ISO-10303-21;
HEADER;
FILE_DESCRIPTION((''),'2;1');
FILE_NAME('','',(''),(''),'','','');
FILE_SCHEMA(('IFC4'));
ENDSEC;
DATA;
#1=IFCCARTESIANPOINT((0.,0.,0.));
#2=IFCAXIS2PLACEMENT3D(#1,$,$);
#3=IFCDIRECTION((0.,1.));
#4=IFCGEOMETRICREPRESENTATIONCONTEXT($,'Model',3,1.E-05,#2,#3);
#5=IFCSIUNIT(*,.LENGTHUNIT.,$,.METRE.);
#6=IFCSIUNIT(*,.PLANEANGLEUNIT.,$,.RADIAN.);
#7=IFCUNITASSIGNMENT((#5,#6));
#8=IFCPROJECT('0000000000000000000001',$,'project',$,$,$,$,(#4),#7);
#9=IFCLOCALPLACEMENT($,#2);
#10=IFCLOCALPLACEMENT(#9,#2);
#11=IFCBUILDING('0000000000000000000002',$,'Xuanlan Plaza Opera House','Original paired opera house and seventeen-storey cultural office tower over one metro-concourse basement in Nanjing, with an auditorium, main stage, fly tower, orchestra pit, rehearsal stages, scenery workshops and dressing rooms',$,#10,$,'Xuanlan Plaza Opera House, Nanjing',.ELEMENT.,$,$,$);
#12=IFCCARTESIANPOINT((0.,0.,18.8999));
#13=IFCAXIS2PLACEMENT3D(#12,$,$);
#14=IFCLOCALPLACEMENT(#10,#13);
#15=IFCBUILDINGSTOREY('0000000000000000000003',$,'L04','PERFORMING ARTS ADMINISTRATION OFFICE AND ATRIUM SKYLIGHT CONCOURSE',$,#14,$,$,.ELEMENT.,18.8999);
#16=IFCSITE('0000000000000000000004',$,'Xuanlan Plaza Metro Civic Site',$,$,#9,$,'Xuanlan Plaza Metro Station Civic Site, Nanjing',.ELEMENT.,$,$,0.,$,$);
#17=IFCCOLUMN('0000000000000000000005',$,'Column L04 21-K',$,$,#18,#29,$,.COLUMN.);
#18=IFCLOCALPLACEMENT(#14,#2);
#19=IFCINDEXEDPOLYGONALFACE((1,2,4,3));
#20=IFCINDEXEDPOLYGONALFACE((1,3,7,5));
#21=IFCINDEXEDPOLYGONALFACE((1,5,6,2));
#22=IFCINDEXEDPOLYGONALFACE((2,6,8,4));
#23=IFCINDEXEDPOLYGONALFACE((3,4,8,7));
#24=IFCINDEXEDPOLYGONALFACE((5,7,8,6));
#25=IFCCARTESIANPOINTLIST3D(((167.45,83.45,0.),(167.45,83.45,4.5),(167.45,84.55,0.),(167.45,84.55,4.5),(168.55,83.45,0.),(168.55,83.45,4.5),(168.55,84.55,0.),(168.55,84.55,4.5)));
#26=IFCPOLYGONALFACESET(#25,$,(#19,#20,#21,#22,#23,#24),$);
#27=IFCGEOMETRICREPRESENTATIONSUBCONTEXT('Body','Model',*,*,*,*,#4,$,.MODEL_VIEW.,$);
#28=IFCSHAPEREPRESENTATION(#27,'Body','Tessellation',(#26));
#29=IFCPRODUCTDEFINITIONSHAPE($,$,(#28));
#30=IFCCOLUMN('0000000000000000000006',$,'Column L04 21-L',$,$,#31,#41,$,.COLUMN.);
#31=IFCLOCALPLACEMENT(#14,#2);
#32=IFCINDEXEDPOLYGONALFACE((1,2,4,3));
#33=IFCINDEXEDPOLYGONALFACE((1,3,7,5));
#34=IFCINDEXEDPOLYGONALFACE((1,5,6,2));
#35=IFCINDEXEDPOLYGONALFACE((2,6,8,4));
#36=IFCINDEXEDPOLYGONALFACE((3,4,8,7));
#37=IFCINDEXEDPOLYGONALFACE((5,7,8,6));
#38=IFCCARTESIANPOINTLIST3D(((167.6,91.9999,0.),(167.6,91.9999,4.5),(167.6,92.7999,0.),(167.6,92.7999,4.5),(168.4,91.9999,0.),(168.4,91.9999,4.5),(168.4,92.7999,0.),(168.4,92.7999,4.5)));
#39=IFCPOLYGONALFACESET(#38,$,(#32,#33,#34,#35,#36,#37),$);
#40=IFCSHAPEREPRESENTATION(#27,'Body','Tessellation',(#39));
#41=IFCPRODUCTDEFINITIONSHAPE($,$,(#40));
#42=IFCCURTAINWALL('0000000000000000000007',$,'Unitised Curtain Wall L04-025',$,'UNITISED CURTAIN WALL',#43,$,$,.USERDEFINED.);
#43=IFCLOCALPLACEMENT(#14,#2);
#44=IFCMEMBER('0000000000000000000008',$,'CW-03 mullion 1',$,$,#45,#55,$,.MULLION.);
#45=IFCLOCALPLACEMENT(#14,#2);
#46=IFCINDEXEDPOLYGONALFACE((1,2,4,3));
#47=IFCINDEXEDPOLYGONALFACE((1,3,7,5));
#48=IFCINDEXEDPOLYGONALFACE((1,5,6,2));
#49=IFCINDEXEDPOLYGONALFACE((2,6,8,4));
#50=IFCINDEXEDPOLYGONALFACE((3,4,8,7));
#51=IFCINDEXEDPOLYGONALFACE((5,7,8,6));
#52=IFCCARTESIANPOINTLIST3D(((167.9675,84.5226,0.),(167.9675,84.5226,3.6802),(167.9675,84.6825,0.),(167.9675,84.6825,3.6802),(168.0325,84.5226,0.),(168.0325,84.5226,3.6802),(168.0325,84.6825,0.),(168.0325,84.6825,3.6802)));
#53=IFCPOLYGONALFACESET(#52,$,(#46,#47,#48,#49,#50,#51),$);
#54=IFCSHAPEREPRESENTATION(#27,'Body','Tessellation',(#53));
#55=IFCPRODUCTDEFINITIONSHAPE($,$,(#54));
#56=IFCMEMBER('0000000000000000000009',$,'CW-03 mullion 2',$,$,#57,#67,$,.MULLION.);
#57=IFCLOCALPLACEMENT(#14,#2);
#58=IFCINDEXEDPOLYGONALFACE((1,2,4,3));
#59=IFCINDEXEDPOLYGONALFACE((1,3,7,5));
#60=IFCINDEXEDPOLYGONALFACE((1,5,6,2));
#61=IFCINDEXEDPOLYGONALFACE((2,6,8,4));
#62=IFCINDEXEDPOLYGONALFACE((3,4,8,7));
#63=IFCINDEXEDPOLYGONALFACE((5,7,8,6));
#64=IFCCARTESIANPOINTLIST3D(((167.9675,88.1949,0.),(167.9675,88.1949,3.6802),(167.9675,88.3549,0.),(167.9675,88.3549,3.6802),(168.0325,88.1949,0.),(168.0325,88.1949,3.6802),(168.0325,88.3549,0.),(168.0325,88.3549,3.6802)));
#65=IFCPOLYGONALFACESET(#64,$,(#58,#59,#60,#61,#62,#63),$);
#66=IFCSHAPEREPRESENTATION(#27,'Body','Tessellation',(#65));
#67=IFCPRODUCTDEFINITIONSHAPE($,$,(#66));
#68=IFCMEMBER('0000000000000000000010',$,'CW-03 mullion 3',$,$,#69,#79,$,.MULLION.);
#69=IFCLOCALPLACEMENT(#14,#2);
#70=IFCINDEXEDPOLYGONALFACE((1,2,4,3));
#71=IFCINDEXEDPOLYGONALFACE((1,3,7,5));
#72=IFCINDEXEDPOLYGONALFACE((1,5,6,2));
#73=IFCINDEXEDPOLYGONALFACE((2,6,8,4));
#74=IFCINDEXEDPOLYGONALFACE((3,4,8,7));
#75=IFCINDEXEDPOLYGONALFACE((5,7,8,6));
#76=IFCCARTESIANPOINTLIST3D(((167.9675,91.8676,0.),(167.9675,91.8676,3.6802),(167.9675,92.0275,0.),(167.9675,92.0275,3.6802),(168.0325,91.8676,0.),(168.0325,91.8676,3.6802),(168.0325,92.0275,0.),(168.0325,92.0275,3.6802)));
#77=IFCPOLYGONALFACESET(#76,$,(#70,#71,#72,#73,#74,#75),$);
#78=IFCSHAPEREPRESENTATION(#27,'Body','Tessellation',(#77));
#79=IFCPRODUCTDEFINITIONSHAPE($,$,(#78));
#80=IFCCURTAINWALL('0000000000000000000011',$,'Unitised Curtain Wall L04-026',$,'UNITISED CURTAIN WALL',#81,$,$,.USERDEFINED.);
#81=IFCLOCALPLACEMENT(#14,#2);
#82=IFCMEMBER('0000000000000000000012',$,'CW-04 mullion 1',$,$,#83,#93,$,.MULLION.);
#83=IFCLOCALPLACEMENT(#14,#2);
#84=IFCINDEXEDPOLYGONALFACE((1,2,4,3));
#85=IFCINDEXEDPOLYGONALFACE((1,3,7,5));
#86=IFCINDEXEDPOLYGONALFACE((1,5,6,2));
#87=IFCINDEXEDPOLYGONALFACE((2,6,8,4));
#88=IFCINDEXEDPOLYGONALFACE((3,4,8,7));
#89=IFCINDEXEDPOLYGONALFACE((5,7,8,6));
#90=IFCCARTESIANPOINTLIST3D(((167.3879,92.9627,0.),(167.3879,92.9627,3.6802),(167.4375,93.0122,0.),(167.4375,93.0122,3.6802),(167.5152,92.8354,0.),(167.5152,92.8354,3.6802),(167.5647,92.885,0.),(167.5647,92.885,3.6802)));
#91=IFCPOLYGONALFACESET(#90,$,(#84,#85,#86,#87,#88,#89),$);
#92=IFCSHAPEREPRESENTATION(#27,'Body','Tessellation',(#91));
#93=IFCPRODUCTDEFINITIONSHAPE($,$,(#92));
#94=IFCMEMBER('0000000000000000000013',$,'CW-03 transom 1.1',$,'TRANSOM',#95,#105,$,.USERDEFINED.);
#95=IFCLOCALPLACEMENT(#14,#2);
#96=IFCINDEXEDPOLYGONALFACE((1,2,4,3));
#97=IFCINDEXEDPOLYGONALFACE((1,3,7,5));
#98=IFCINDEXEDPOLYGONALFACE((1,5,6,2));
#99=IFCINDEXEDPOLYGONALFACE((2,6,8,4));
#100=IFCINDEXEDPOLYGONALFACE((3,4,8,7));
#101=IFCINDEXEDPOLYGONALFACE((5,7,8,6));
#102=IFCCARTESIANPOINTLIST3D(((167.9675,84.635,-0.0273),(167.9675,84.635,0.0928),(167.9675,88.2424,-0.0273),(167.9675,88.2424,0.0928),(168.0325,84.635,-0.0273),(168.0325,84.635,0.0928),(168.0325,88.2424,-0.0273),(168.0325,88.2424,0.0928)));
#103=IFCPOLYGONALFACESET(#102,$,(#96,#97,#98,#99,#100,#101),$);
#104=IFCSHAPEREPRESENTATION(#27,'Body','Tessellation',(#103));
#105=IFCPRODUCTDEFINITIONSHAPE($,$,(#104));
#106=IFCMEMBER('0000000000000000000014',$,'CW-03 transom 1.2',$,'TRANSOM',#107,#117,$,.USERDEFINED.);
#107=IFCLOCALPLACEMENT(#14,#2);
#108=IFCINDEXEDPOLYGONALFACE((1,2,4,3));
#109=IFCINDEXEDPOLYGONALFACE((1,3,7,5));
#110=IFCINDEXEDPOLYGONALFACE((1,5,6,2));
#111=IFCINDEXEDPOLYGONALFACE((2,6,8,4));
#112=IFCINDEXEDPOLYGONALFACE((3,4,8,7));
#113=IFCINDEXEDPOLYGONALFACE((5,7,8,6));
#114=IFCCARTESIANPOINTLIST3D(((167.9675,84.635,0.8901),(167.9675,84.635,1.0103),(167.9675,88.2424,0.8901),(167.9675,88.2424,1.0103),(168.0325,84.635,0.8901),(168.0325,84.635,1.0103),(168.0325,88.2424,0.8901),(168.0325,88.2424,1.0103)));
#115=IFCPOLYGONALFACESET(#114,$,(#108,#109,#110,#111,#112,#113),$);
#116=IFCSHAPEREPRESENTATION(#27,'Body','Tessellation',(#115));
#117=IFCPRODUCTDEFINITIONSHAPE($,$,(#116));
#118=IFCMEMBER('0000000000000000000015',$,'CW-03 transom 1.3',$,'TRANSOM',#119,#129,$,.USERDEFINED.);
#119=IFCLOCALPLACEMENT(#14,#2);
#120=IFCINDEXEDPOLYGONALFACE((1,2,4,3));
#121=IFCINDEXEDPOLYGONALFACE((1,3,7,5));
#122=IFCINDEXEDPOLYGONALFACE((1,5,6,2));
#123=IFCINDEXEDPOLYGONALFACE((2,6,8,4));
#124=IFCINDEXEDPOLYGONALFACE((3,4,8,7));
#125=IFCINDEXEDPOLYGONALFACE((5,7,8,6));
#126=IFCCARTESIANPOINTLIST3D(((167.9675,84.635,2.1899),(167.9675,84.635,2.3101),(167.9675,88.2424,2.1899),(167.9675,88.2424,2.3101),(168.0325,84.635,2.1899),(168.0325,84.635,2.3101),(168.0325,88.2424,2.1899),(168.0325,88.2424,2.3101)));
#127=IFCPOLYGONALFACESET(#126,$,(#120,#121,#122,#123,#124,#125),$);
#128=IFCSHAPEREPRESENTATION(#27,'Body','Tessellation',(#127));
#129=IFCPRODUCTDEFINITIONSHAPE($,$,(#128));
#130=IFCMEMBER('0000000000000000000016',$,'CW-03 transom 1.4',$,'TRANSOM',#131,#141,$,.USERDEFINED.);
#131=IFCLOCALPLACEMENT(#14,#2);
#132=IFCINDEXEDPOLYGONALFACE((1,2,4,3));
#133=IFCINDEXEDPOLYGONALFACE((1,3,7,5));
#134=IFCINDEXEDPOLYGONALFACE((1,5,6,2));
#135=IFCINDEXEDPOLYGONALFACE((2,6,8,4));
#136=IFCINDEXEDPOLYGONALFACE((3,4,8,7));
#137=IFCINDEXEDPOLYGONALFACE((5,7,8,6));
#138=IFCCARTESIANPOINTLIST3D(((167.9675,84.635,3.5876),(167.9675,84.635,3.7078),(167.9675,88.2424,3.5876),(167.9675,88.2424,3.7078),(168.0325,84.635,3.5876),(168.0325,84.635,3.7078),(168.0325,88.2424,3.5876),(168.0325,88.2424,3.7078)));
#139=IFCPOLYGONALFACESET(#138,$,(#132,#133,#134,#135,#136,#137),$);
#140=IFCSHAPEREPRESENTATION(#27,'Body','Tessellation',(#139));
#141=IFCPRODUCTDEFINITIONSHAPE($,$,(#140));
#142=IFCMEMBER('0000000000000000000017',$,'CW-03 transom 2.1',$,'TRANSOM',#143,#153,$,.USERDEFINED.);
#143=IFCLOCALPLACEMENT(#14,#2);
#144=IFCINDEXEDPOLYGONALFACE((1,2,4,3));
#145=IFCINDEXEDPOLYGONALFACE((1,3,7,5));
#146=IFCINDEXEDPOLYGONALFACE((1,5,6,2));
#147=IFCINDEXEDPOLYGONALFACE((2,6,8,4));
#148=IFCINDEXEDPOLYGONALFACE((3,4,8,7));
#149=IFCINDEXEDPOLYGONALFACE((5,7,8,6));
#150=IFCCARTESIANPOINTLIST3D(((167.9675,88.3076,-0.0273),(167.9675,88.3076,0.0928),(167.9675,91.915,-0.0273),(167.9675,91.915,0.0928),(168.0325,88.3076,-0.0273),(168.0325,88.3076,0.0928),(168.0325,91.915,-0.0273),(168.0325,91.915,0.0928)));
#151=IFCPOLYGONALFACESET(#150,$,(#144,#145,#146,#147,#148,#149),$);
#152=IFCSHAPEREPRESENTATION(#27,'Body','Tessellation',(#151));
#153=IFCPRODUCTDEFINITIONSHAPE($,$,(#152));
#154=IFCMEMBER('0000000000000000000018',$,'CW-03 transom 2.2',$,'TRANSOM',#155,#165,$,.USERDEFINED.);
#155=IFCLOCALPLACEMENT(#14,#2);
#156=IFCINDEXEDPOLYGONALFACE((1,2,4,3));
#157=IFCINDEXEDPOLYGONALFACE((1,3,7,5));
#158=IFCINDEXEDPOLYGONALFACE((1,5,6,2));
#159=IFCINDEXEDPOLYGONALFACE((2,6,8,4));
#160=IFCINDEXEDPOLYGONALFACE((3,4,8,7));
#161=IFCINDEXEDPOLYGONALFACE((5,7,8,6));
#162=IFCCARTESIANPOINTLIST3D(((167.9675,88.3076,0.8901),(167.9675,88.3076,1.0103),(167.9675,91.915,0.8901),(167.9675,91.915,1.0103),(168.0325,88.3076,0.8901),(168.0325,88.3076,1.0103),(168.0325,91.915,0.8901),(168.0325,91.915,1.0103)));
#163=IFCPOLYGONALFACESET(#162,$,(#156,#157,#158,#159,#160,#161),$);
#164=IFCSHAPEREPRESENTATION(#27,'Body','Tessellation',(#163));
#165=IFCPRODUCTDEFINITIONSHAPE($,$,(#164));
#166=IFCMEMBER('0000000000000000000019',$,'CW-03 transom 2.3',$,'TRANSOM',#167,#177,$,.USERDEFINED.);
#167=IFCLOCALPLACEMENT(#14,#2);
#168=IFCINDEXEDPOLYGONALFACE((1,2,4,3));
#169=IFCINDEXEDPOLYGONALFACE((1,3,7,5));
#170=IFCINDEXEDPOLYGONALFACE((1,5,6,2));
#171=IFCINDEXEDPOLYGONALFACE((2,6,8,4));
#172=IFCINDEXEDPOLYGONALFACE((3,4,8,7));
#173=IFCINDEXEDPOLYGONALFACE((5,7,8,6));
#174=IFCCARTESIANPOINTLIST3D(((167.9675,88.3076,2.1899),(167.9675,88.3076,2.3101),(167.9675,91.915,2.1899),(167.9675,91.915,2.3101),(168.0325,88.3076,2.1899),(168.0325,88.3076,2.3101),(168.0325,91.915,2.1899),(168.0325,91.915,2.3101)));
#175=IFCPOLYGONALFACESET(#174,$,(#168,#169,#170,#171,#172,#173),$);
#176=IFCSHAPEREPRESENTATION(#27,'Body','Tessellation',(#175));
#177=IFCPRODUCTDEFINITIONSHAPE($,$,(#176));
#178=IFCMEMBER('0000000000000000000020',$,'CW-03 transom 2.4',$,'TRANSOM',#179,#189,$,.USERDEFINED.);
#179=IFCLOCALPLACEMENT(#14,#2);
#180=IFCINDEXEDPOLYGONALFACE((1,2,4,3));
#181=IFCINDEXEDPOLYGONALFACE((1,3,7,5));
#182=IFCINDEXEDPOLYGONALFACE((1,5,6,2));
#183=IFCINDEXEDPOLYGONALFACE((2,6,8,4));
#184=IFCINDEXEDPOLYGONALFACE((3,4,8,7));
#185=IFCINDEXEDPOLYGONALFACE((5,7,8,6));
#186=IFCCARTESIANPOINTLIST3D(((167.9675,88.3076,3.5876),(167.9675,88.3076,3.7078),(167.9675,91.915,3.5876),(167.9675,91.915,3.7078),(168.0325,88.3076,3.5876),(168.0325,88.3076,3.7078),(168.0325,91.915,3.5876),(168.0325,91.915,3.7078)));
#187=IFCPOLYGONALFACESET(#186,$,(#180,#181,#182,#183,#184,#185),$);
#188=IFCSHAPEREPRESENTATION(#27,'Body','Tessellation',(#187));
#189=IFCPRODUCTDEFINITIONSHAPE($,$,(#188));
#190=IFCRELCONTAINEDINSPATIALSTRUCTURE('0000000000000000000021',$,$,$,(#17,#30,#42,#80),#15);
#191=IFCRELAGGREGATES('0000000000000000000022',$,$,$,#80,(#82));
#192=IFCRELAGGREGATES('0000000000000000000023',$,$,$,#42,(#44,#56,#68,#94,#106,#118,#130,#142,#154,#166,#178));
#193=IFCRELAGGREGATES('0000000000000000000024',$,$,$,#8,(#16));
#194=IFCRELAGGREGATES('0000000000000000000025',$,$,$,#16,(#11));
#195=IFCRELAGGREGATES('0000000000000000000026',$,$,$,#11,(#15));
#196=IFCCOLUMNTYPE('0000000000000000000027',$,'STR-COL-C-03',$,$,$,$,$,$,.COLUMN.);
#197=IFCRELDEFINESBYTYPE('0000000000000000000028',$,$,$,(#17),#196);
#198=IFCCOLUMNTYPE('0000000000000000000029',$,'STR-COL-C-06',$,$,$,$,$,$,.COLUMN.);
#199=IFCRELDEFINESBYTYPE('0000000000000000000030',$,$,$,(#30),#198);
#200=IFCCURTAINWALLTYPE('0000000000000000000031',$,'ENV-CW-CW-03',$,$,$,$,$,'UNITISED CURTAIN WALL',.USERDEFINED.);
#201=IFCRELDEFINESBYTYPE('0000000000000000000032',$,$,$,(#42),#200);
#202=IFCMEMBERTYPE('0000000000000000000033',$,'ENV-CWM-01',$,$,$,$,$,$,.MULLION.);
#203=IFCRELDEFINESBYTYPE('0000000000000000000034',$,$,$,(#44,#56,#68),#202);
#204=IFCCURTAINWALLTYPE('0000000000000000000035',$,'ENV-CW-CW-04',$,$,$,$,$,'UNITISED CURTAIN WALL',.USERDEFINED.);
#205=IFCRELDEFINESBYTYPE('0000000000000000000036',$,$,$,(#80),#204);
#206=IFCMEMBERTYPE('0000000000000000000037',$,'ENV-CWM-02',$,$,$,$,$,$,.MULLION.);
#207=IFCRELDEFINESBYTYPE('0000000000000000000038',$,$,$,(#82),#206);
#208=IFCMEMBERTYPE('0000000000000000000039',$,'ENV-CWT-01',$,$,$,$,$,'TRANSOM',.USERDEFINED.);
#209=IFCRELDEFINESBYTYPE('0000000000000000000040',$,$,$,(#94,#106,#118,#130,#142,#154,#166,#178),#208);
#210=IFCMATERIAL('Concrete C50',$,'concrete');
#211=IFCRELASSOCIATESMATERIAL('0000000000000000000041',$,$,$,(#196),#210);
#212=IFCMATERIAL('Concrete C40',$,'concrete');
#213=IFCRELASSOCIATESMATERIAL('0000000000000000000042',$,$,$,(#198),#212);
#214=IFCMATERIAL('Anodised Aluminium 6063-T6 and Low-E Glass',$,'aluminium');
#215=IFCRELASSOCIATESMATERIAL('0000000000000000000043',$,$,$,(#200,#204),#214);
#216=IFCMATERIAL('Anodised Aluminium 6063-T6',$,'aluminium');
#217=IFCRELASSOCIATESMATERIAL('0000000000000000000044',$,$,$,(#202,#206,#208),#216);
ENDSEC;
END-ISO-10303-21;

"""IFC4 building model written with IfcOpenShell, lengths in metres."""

from ifc_helpers import new_model, si_unit, direction, frame, origin, origin_2d, place, context, subcontext, project, spatial, rectangle, extrude, material, material_profile, profile_set, type_object, element, aggregate, save


model = new_model("IFC4")

# Units and contexts
model_context = context("Model", 3, precision=1e-05, world=origin(), true_north=direction((0.0, 1.0)))
body_context = subcontext(model_context, "Body", "Model", "MODEL_VIEW")
ifc_project = project(units=[si_unit("LENGTHUNIT", "METRE"), si_unit("PLANEANGLEUNIT", "RADIAN")], contexts=[model_context])

# Site, building, storey
site_placement = place(None, origin())
site = spatial("IfcSite", under=ifc_project, at=site_placement, Name="Xuanlan Plaza Metro Civic Site", LongName="Xuanlan Plaza Metro Station Civic Site, Nanjing", CompositionType="ELEMENT", RefElevation=0.0)
building_placement = place(site_placement, origin())
building = spatial("IfcBuilding", under=site, at=building_placement, Name="Xuanlan Plaza Opera House", Description="Original paired opera house and seventeen-storey cultural office tower over one metro-concourse basement in Nanjing, with an auditorium, main stage, fly tower, orchestra pit, rehearsal stages, scenery workshops and dressing rooms", LongName="Xuanlan Plaza Opera House, Nanjing", CompositionType="ELEMENT")
storey_placement = place(building_placement, frame((0.0, 0.0, 18.8999)))
storey = spatial("IfcBuildingStorey", under=building, at=storey_placement, Name="L04", Description="PERFORMING ARTS ADMINISTRATION OFFICE AND ATRIUM SKYLIGHT CONCOURSE", CompositionType="ELEMENT", Elevation=18.8999)

# Columns
ifc_material_1 = material(Name="Concrete C50", Category="concrete")
ifc_material_profile_1 = material_profile(ifc_material_1, rectangle(XDim=1.1001, YDim=1.1001, at=origin_2d()), Name="RC-COL 1100x1100")
ifc_profile_set_1 = profile_set([ifc_material_profile_1], Name="Concrete C50")
column_type_1 = type_object("IfcColumnType", Name="STR-COL-C-03", PredefinedType="COLUMN", material=ifc_profile_set_1)
column_1_placement = place(storey_placement, frame((168.0, 84.0, 0.0), z_axis=(0.0, 0.0, 1.0), x_axis=(1.0, 0.0, 0.0)))
element("IfcColumn", 1, at=column_1_placement, inside=storey, type_object=column_type_1, Name="Column L04 21-K", PredefinedType="COLUMN", context=body_context, shape_type="SweptSolid", body=[
    extrude(rectangle(XDim=1.1001, YDim=1.1001, at=origin_2d()), origin(), (0.0, 0.0, 1.0), 4.5),
])
ifc_material_2 = material(Name="Concrete C40", Category="concrete")
ifc_material_profile_2 = material_profile(ifc_material_2, rectangle(XDim=0.8, YDim=0.8, at=origin_2d()), Name="RC-COL 800x800")
ifc_profile_set_2 = profile_set([ifc_material_profile_2], Name="Concrete C40")
column_type_2 = type_object("IfcColumnType", Name="STR-COL-C-06", PredefinedType="COLUMN", material=ifc_profile_set_2)
column_2_placement = place(storey_placement, frame((168.0, 92.3999, 0.0), z_axis=(0.0, 0.0, 1.0), x_axis=(1.0, 0.0, 0.0)))
element("IfcColumn", 2, at=column_2_placement, inside=storey, type_object=column_type_2, Name="Column L04 21-L", PredefinedType="COLUMN", context=body_context, shape_type="SweptSolid", body=[
    extrude(rectangle(XDim=0.8, YDim=0.8, at=origin_2d()), origin(), (0.0, 0.0, 1.0), 4.5),
])

# Curtain wall, members
ifc_material_3 = material(Name="Anodised Aluminium 6063-T6 and Low-E Glass", Category="aluminium")
curtain_wall_type_1 = type_object("IfcCurtainWallType", Name="ENV-CW-CW-03", ElementType="UNITISED CURTAIN WALL", PredefinedType="USERDEFINED", material=ifc_material_3)
curtain_wall_1_placement = place(storey_placement, origin())
curtain_wall_1 = element("IfcCurtainWall", 3, at=curtain_wall_1_placement, inside=storey, type_object=curtain_wall_type_1, Name="Unitised Curtain Wall L04-025", ObjectType="UNITISED CURTAIN WALL", PredefinedType="USERDEFINED")
ifc_material_4 = material(Name="Anodised Aluminium 6063-T6", Category="aluminium")
ifc_material_profile_3 = material_profile(ifc_material_4, rectangle(XDim=0.0649, YDim=0.1599, at=origin_2d()), Name="ALU-M 65x160")
ifc_profile_set_3 = profile_set([ifc_material_profile_3], Name="Anodised Aluminium 6063-T6")
member_type_1 = type_object("IfcMemberType", Name="ENV-CWM-01", PredefinedType="MULLION", material=ifc_profile_set_3)
member_1_placement = place(storey_placement, frame((168.0, 84.6025, 0.0), z_axis=(0.0, 0.0, 1.0), x_axis=(-1.0, 0.0, 0.0)))
member_1 = element("IfcMember", 4, at=member_1_placement, type_object=member_type_1, Name="CW-03 mullion 1", PredefinedType="MULLION", context=body_context, shape_type="SweptSolid", body=[
    extrude(rectangle(XDim=0.0649, YDim=0.1599, at=origin_2d()), origin(), (0.0, 0.0, 1.0), 3.6802),
])
member_2_placement = place(storey_placement, frame((168.0, 88.2749, 0.0), z_axis=(0.0, 0.0, 1.0), x_axis=(-1.0, 0.0, 0.0)))
member_2 = element("IfcMember", 5, at=member_2_placement, type_object=member_type_1, Name="CW-03 mullion 2", PredefinedType="MULLION", context=body_context, shape_type="SweptSolid", body=[
    extrude(rectangle(XDim=0.0649, YDim=0.1599, at=origin_2d()), origin(), (0.0, 0.0, 1.0), 3.6802),
])
member_3_placement = place(storey_placement, frame((168.0, 91.9475, 0.0), z_axis=(0.0, 0.0, 1.0), x_axis=(-1.0, 0.0, 0.0)))
member_3 = element("IfcMember", 6, at=member_3_placement, type_object=member_type_1, Name="CW-03 mullion 3", PredefinedType="MULLION", context=body_context, shape_type="SweptSolid", body=[
    extrude(rectangle(XDim=0.0649, YDim=0.1599, at=origin_2d()), origin(), (0.0, 0.0, 1.0), 3.6802),
])

# Curtain wall, member
curtain_wall_type_2 = type_object("IfcCurtainWallType", Name="ENV-CW-CW-04", ElementType="UNITISED CURTAIN WALL", PredefinedType="USERDEFINED", material=ifc_material_3)
curtain_wall_2_placement = place(storey_placement, origin())
curtain_wall_2 = element("IfcCurtainWall", 7, at=curtain_wall_2_placement, inside=storey, type_object=curtain_wall_type_2, Name="Unitised Curtain Wall L04-026", ObjectType="UNITISED CURTAIN WALL", PredefinedType="USERDEFINED")
ifc_material_profile_4 = material_profile(ifc_material_4, rectangle(XDim=0.0701, YDim=0.1799, at=origin_2d()), Name="ALU-M 70x180")
ifc_profile_set_4 = profile_set([ifc_material_profile_4], Name="Anodised Aluminium 6063-T6")
member_type_2 = type_object("IfcMemberType", Name="ENV-CWM-02", PredefinedType="MULLION", material=ifc_profile_set_4)
member_4_placement = place(storey_placement, frame((167.4763, 92.9238, 0.0), z_axis=(0.0, 0.0, 1.0), x_axis=(-0.707107, -0.707107, 0.0)))
member_4 = element("IfcMember", 8, at=member_4_placement, type_object=member_type_2, Name="CW-04 mullion 1", PredefinedType="MULLION", context=body_context, shape_type="SweptSolid", body=[
    extrude(rectangle(XDim=0.0701, YDim=0.1799, at=origin_2d()), origin(), (0.0, 0.0, 1.0), 3.6802),
])

# Members
ifc_material_profile_5 = material_profile(ifc_material_4, rectangle(XDim=0.0649, YDim=0.1201, at=origin_2d()), Name="ALU-T 65x120")
ifc_profile_set_5 = profile_set([ifc_material_profile_5], Name="Anodised Aluminium 6063-T6")
member_type_3 = type_object("IfcMemberType", Name="ENV-CWT-01", ElementType="TRANSOM", PredefinedType="USERDEFINED", material=ifc_profile_set_5)
member_5_placement = place(storey_placement, frame((168.0, 84.635, 0.0327), z_axis=(0.0, 1.0, 0.0), x_axis=(-1.0, 0.0, 0.0)))
member_5 = element("IfcMember", 9, at=member_5_placement, type_object=member_type_3, Name="CW-03 transom 1.1", ObjectType="TRANSOM", PredefinedType="USERDEFINED", context=body_context, shape_type="SweptSolid", body=[
    extrude(rectangle(XDim=0.0649, YDim=0.1201, at=origin_2d()), origin(), (0.0, 0.0, 1.0), 3.6074),
])
member_6_placement = place(storey_placement, frame((168.0, 84.635, 0.9502), z_axis=(0.0, 1.0, 0.0), x_axis=(-1.0, 0.0, 0.0)))
member_6 = element("IfcMember", 10, at=member_6_placement, type_object=member_type_3, Name="CW-03 transom 1.2", ObjectType="TRANSOM", PredefinedType="USERDEFINED", context=body_context, shape_type="SweptSolid", body=[
    extrude(rectangle(XDim=0.0649, YDim=0.1201, at=origin_2d()), origin(), (0.0, 0.0, 1.0), 3.6074),
])
member_7_placement = place(storey_placement, frame((168.0, 84.635, 2.25), z_axis=(0.0, 1.0, 0.0), x_axis=(-1.0, 0.0, 0.0)))
member_7 = element("IfcMember", 11, at=member_7_placement, type_object=member_type_3, Name="CW-03 transom 1.3", ObjectType="TRANSOM", PredefinedType="USERDEFINED", context=body_context, shape_type="SweptSolid", body=[
    extrude(rectangle(XDim=0.0649, YDim=0.1201, at=origin_2d()), origin(), (0.0, 0.0, 1.0), 3.6074),
])
member_8_placement = place(storey_placement, frame((168.0, 84.635, 3.6477), z_axis=(0.0, 1.0, 0.0), x_axis=(-1.0, 0.0, 0.0)))
member_8 = element("IfcMember", 12, at=member_8_placement, type_object=member_type_3, Name="CW-03 transom 1.4", ObjectType="TRANSOM", PredefinedType="USERDEFINED", context=body_context, shape_type="SweptSolid", body=[
    extrude(rectangle(XDim=0.0649, YDim=0.1201, at=origin_2d()), origin(), (0.0, 0.0, 1.0), 3.6074),
])
member_9_placement = place(storey_placement, frame((168.0, 88.3076, 0.0327), z_axis=(0.0, 1.0, 0.0), x_axis=(-1.0, 0.0, 0.0)))
member_9 = element("IfcMember", 13, at=member_9_placement, type_object=member_type_3, Name="CW-03 transom 2.1", ObjectType="TRANSOM", PredefinedType="USERDEFINED", context=body_context, shape_type="SweptSolid", body=[
    extrude(rectangle(XDim=0.0649, YDim=0.1201, at=origin_2d()), origin(), (0.0, 0.0, 1.0), 3.6074),
])
member_10_placement = place(storey_placement, frame((168.0, 88.3076, 0.9502), z_axis=(0.0, 1.0, 0.0), x_axis=(-1.0, 0.0, 0.0)))
member_10 = element("IfcMember", 14, at=member_10_placement, type_object=member_type_3, Name="CW-03 transom 2.2", ObjectType="TRANSOM", PredefinedType="USERDEFINED", context=body_context, shape_type="SweptSolid", body=[
    extrude(rectangle(XDim=0.0649, YDim=0.1201, at=origin_2d()), origin(), (0.0, 0.0, 1.0), 3.6074),
])
member_11_placement = place(storey_placement, frame((168.0, 88.3076, 2.25), z_axis=(0.0, 1.0, 0.0), x_axis=(-1.0, 0.0, 0.0)))
member_11 = element("IfcMember", 15, at=member_11_placement, type_object=member_type_3, Name="CW-03 transom 2.3", ObjectType="TRANSOM", PredefinedType="USERDEFINED", context=body_context, shape_type="SweptSolid", body=[
    extrude(rectangle(XDim=0.0649, YDim=0.1201, at=origin_2d()), origin(), (0.0, 0.0, 1.0), 3.6074),
])
member_12_placement = place(storey_placement, frame((168.0, 88.3076, 3.6477), z_axis=(0.0, 1.0, 0.0), x_axis=(-1.0, 0.0, 0.0)))
member_12 = element("IfcMember", 16, at=member_12_placement, type_object=member_type_3, Name="CW-03 transom 2.4", ObjectType="TRANSOM", PredefinedType="USERDEFINED", context=body_context, shape_type="SweptSolid", body=[
    extrude(rectangle(XDim=0.0649, YDim=0.1201, at=origin_2d()), origin(), (0.0, 0.0, 1.0), 3.6074),
])
aggregate(curtain_wall_2, [member_4])

aggregate(curtain_wall_1, [member_1, member_2, member_3, member_5, member_6, member_7, member_8, member_9, member_10, member_11, member_12])

save(model, "model.ifc")
